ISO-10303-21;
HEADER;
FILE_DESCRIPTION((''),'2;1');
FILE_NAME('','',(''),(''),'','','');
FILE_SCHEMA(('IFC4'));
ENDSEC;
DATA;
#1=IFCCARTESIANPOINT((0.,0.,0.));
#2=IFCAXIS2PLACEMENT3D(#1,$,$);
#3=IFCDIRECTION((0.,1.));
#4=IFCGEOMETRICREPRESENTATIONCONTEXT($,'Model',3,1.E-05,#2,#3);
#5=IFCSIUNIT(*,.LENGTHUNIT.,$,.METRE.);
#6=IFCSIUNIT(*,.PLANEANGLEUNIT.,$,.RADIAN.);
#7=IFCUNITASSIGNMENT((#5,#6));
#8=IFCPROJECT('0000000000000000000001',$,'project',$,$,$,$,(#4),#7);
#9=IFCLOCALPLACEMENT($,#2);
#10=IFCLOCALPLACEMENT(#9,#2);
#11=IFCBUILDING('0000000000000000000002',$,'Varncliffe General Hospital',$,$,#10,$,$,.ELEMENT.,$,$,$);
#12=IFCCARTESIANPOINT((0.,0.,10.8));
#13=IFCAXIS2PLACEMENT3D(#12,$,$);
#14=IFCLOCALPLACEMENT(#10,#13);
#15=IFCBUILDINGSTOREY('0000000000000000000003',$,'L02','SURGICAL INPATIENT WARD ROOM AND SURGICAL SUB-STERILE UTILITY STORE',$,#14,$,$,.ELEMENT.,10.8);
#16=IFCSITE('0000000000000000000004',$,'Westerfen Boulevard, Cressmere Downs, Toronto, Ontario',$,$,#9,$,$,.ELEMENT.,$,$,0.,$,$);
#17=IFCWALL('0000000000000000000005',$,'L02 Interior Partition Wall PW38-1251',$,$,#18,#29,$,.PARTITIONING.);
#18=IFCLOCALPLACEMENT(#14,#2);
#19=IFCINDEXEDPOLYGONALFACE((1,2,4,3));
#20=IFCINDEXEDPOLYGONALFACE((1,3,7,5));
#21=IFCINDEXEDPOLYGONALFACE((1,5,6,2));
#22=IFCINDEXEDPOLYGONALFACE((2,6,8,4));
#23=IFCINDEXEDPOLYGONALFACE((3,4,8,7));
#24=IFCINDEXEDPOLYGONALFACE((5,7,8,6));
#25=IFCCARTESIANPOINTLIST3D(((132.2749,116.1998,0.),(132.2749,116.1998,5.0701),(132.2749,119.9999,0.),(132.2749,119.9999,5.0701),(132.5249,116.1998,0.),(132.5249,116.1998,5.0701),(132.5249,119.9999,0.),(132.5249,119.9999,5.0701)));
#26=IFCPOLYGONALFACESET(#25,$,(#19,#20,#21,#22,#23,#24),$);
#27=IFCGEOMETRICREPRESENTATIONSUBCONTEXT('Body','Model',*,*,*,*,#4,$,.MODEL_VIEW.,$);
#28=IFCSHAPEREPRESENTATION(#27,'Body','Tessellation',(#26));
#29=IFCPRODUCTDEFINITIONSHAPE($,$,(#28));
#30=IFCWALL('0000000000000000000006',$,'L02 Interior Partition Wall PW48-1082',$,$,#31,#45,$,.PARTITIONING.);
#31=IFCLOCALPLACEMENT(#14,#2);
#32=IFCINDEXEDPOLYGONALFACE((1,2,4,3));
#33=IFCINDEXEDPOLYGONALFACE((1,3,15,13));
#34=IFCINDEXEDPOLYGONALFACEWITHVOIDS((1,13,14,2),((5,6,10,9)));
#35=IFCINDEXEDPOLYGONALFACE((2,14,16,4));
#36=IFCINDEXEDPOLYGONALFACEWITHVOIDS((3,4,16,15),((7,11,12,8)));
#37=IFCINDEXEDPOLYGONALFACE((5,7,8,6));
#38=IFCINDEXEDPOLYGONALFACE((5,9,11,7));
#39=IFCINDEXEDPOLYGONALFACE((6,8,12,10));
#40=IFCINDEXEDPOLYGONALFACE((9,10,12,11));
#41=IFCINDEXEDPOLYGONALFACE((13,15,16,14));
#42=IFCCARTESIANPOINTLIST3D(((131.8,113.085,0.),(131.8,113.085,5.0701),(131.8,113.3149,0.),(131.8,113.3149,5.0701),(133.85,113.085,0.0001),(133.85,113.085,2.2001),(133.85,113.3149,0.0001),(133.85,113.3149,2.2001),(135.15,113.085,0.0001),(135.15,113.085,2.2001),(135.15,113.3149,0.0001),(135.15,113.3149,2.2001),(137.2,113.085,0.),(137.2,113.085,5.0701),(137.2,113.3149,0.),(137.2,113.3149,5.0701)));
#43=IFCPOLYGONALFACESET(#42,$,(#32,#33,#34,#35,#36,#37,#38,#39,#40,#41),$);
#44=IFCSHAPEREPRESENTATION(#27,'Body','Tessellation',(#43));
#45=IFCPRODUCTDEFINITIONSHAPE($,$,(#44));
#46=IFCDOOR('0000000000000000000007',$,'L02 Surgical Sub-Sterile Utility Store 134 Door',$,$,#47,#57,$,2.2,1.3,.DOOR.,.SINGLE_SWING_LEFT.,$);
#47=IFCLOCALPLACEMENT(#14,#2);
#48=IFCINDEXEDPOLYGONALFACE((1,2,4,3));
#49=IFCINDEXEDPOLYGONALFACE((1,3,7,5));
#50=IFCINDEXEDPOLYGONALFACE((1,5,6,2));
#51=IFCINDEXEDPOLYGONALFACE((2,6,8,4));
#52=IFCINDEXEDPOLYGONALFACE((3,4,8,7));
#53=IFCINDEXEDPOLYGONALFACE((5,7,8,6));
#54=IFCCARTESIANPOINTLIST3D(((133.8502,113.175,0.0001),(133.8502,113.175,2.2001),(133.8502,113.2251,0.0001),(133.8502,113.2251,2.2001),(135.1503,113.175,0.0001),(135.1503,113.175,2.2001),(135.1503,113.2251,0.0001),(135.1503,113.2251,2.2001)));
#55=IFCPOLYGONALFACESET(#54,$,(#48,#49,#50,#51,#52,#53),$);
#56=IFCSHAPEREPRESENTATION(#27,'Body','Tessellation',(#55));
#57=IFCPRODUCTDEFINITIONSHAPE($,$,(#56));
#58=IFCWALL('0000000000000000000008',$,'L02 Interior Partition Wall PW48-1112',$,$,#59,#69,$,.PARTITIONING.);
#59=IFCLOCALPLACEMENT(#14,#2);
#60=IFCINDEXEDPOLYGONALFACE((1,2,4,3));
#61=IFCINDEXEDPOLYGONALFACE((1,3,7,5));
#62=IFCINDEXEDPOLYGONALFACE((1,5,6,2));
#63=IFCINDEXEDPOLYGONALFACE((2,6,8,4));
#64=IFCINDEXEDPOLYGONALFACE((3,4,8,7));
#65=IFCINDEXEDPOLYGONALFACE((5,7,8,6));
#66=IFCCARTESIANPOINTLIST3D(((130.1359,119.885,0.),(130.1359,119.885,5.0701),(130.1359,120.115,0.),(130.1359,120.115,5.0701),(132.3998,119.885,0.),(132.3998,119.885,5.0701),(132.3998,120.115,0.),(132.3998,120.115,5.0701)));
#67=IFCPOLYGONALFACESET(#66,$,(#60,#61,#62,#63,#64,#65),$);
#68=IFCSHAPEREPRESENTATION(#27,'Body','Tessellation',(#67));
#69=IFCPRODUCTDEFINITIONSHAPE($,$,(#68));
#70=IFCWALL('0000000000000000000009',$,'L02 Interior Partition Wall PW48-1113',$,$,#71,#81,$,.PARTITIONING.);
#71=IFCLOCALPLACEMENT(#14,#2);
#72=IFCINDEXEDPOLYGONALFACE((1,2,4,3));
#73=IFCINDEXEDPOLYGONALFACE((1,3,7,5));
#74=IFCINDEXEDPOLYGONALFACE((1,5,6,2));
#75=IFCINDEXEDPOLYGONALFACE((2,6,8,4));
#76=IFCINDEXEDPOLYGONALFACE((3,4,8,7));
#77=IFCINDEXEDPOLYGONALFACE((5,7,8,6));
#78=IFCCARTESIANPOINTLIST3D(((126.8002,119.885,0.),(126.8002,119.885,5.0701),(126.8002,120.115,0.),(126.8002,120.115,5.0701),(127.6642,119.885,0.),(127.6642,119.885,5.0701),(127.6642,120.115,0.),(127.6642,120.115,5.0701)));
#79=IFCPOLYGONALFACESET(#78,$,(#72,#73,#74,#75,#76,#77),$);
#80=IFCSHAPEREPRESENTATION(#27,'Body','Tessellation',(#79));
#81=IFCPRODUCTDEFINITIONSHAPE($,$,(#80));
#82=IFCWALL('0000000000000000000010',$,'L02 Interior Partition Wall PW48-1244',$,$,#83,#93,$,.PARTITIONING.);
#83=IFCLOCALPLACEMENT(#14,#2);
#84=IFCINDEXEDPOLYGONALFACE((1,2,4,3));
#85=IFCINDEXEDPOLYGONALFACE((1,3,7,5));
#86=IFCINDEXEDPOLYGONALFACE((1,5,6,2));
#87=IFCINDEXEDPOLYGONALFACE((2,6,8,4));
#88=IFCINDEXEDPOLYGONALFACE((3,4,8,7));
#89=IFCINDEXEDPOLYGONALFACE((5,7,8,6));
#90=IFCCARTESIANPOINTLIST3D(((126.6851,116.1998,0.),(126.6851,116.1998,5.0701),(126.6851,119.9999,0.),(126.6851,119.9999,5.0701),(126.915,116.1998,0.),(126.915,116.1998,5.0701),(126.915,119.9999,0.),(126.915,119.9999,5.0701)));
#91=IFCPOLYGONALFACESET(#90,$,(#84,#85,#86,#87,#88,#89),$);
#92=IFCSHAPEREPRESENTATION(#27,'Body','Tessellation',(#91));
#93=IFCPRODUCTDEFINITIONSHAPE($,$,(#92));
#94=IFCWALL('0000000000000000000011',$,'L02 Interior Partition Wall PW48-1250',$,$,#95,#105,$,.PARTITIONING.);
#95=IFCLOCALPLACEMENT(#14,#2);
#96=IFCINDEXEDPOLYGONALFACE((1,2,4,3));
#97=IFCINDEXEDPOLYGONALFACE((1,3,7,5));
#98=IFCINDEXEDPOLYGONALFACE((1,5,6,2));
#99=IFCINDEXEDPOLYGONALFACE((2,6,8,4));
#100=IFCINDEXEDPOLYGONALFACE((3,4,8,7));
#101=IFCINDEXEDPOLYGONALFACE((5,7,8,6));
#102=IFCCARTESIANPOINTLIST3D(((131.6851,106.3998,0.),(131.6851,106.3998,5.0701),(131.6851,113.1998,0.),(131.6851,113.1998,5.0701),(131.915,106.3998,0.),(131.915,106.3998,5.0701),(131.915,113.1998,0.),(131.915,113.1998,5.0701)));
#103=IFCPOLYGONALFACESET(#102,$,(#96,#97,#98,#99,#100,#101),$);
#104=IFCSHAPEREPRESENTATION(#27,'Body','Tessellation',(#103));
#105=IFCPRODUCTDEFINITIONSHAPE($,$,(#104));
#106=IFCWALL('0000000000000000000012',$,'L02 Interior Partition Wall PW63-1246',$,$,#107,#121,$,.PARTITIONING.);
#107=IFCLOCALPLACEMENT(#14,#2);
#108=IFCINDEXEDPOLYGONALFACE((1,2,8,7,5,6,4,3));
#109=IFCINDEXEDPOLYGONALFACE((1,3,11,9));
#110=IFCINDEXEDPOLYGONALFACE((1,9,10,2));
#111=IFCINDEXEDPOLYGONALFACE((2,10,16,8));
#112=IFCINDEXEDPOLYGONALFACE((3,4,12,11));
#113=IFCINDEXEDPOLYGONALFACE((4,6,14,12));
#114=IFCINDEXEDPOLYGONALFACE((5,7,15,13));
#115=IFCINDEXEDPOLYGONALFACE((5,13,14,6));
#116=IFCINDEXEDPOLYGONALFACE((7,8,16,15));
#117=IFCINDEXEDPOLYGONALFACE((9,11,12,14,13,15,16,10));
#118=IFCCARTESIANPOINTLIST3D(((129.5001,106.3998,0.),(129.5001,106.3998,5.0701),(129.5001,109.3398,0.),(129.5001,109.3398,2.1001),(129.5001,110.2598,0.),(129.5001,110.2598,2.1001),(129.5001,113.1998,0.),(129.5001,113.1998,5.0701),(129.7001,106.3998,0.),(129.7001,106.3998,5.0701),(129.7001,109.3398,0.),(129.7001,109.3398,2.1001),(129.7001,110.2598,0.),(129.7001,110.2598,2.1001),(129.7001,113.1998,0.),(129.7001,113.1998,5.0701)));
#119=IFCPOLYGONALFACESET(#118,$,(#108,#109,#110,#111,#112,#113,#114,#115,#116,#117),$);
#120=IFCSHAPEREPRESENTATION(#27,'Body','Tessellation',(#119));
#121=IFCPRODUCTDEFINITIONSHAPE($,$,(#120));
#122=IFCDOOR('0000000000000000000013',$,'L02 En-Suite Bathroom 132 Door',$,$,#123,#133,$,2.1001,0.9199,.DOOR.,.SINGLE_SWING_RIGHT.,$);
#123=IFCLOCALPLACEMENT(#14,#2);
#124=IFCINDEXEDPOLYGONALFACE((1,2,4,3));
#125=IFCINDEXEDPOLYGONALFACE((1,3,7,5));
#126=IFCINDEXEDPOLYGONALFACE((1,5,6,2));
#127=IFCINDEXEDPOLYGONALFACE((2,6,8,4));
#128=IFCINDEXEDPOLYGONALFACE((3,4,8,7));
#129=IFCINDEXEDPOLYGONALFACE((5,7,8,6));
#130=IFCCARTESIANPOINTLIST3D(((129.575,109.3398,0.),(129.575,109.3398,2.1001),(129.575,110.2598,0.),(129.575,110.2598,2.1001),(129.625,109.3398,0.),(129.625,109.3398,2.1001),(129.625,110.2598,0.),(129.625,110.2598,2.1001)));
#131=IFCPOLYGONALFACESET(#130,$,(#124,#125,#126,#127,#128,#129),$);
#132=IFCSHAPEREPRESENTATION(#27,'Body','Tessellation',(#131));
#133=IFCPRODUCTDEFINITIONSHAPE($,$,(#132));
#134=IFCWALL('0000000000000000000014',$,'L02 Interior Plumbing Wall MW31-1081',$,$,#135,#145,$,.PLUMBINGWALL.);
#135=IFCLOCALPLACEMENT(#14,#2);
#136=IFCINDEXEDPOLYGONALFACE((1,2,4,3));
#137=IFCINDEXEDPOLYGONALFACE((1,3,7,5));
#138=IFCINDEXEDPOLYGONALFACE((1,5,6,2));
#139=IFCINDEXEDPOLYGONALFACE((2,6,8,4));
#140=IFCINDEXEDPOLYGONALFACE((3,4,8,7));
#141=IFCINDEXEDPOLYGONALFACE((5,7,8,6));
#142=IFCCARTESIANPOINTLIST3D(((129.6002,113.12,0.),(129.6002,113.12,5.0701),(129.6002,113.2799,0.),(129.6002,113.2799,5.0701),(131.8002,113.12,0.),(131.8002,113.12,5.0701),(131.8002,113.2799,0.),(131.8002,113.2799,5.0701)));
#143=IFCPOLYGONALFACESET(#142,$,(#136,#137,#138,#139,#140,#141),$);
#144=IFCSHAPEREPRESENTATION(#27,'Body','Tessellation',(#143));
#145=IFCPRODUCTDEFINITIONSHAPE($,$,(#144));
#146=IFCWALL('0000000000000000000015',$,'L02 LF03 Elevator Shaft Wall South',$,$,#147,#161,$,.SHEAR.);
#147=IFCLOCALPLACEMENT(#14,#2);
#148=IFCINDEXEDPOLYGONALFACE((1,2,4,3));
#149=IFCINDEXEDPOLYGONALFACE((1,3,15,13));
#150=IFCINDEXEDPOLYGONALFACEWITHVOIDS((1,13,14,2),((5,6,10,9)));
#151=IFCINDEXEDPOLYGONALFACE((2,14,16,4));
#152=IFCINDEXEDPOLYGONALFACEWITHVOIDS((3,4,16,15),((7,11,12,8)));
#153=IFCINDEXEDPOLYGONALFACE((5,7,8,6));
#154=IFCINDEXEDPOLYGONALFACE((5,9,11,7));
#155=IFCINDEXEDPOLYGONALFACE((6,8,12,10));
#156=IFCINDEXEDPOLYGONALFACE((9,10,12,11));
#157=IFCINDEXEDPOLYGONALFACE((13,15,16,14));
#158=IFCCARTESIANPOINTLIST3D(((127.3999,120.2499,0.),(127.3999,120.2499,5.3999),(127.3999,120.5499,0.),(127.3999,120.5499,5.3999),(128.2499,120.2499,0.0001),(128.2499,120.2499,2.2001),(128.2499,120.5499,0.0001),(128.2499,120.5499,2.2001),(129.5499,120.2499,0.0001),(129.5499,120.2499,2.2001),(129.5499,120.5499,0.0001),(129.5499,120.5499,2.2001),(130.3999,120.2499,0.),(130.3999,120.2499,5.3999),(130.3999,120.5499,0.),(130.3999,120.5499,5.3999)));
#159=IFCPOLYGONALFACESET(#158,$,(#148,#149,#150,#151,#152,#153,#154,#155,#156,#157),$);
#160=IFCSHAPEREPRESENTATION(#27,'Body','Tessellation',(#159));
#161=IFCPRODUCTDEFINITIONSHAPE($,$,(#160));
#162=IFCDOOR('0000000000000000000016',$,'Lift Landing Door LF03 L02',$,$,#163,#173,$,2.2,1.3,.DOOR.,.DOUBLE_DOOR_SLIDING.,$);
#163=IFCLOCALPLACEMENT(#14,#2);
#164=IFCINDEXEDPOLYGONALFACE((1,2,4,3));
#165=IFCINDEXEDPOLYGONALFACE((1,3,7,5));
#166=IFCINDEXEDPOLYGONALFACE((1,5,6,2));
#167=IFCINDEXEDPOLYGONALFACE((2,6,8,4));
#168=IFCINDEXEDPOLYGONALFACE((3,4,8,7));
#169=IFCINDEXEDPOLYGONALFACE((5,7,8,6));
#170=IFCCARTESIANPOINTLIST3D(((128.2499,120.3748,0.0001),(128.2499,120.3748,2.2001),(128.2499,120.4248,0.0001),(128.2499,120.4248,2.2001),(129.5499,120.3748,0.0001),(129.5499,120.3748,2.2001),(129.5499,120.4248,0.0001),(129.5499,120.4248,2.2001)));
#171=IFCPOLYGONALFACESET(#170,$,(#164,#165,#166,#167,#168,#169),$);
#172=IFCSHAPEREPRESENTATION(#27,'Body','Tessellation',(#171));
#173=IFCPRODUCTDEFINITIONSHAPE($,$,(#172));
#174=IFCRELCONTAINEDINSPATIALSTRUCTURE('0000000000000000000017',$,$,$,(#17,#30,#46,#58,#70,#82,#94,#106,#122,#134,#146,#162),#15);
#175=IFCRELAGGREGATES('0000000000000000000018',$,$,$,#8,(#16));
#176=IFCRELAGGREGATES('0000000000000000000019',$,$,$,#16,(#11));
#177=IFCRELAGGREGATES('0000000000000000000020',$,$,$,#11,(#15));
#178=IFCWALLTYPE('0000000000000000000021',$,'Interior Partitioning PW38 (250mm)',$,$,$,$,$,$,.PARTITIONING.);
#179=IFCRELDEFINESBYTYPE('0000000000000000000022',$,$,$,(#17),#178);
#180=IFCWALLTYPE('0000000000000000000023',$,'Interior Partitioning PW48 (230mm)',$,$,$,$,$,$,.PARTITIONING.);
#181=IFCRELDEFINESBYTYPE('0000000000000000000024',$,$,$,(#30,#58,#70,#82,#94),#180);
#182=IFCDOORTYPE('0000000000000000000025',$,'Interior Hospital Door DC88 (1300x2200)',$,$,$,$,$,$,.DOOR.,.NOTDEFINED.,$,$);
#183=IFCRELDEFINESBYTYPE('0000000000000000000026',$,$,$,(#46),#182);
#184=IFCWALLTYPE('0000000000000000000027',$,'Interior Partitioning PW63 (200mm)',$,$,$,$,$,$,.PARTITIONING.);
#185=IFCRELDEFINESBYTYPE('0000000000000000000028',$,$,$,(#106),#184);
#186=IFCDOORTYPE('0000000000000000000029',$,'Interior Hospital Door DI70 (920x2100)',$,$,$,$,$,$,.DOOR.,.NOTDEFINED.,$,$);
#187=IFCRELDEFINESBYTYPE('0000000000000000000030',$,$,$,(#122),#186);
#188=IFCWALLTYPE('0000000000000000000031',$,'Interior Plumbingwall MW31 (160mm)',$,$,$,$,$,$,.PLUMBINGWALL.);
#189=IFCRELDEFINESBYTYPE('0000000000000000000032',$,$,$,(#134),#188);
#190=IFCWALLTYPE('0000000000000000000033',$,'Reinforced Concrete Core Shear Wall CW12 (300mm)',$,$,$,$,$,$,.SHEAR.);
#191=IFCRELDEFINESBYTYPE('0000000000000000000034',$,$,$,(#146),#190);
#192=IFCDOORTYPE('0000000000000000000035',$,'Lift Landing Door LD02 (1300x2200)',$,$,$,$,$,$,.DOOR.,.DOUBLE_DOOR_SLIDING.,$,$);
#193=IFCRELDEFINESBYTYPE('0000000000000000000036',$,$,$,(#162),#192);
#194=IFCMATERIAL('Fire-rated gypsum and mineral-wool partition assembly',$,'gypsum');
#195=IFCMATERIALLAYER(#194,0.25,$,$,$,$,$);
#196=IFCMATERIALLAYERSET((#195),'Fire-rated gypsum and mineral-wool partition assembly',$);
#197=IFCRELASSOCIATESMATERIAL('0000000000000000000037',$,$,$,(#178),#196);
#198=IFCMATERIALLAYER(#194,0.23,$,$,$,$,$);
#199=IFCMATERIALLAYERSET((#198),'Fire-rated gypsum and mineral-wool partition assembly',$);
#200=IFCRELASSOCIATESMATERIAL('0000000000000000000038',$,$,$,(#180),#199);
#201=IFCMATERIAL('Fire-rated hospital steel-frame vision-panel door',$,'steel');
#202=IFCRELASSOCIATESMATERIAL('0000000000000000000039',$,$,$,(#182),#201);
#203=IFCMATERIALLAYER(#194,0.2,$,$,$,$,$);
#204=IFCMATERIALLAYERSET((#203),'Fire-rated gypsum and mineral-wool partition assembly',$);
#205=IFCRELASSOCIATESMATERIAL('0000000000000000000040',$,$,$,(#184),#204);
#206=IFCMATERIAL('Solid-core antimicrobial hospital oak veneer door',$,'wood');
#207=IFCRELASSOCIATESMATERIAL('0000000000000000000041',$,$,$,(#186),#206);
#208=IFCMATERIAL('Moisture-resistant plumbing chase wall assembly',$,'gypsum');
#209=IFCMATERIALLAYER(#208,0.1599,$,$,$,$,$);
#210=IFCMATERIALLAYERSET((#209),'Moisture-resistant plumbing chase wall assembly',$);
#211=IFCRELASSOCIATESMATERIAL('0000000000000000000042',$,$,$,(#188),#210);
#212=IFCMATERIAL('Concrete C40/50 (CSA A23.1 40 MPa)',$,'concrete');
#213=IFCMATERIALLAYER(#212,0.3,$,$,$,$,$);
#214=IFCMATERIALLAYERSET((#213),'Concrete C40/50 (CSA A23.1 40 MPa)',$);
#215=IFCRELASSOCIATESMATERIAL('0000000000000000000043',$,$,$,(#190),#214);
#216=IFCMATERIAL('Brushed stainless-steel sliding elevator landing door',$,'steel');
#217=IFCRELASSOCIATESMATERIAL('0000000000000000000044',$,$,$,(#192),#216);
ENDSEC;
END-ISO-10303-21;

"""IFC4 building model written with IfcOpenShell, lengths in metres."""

from ifc_helpers import new_model, si_unit, direction, frame, frame_2d, origin, place, context, subcontext, project, spatial, rectangle, extrude, material, layer, layer_set, type_object, element, fill, save


model = new_model("IFC4")

# Units and contexts
model_context = context("Model", 3, precision=1e-05, world=origin(), true_north=direction((0.0, 1.0)))
body_context = subcontext(model_context, "Body", "Model", "MODEL_VIEW")
ifc_project = project(units=[si_unit("LENGTHUNIT", "METRE"), si_unit("PLANEANGLEUNIT", "RADIAN")], contexts=[model_context])

# Site, building, storey
site_placement = place(None, origin())
site = spatial("IfcSite", under=ifc_project, at=site_placement, Name="Westerfen Boulevard, Cressmere Downs, Toronto, Ontario", CompositionType="ELEMENT", RefElevation=0.0)
building_placement = place(site_placement, origin())
building = spatial("IfcBuilding", under=site, at=building_placement, Name="Varncliffe General Hospital", CompositionType="ELEMENT")
storey_placement = place(building_placement, frame((0.0, 0.0, 10.8)))
storey = spatial("IfcBuildingStorey", under=building, at=storey_placement, Name="L02", Description="SURGICAL INPATIENT WARD ROOM AND SURGICAL SUB-STERILE UTILITY STORE", CompositionType="ELEMENT", Elevation=10.8)

# Shared definitions
ifc_material_1 = material(Name="Concrete C40/50 (CSA A23.1 40 MPa)", Category="concrete")

# Shared definitions
ifc_material_2 = material(Name="Fire-rated gypsum and mineral-wool partition assembly", Category="gypsum")
ifc_layer_1 = layer(ifc_material_2, 0.25)
ifc_layer_set_1 = layer_set([ifc_layer_1], Name="Fire-rated gypsum and mineral-wool partition assembly")
wall_type_1 = type_object("IfcWallType", Name="Interior Partitioning PW38 (250mm)", PredefinedType="PARTITIONING", material=ifc_layer_set_1)
ifc_material_3 = material(Name="Fire-rated hospital steel-frame vision-panel door", Category="steel")

# Wall
wall_1_placement = place(storey_placement, frame((132.3999, 116.2, 0.0), z_axis=(0.0, 0.0, 1.0), x_axis=(0.0, 1.0, 0.0)))
element("IfcWall", 1, at=wall_1_placement, inside=storey, type_object=wall_type_1, Name="L02 Interior Partition Wall PW38-1251", PredefinedType="PARTITIONING", context=body_context, shape_type="SweptSolid", body=[
    extrude(rectangle(XDim=3.8, YDim=0.25, at=frame_2d((1.8999, 0.0))), origin(), (0.0, 0.0, 1.0), 5.0701),
])

# Wall, opening, door
ifc_layer_2 = layer(ifc_material_2, 0.23)
ifc_layer_set_2 = layer_set([ifc_layer_2], Name="Fire-rated gypsum and mineral-wool partition assembly")
wall_type_2 = type_object("IfcWallType", Name="Interior Partitioning PW48 (230mm)", PredefinedType="PARTITIONING", material=ifc_layer_set_2)
wall_2_placement = place(storey_placement, frame((131.8, 113.2, 0.0), z_axis=(0.0, 0.0, 1.0), x_axis=(1.0, 0.0, 0.0)))
wall_2 = element("IfcWall", 2, at=wall_2_placement, inside=storey, type_object=wall_type_2, Name="L02 Interior Partition Wall PW48-1082", PredefinedType="PARTITIONING", context=body_context, shape_type="SweptSolid", body=[
    extrude(rectangle(XDim=5.3999, YDim=0.23, at=frame_2d((2.7, 0.0))), origin(), (0.0, 0.0, 1.0), 5.0701),
])
opening_1_placement = place(wall_2_placement, frame((2.05, 0.0, 0.0)))
opening_1 = element("IfcOpeningElement", 3, at=opening_1_placement, cuts=wall_2, PredefinedType="OPENING", context=body_context, shape_type="SweptSolid", body=[
    extrude(rectangle(XDim=1.3, YDim=2.2, at=frame_2d((0.6499, 1.1001))), frame((0.0, 0.125, 0.0), z_axis=(0.0, -1.0, 0.0), x_axis=(1.0, 0.0, 0.0)), (0.0, 0.0, 1.0), 0.25),
])
door_type_1 = type_object("IfcDoorType", Name="Interior Hospital Door DC88 (1300x2200)", OperationType="NOTDEFINED", PredefinedType="DOOR", material=ifc_material_3)
door_1_placement = place(opening_1_placement, frame((1.3, 0.0, 0.0), z_axis=(0.0, 0.0, 1.0), x_axis=(-1.0, 0.0, 0.0)))
door_1 = element("IfcDoor", 4, at=door_1_placement, inside=storey, type_object=door_type_1, Name="L02 Surgical Sub-Sterile Utility Store 134 Door", OperationType="SINGLE_SWING_LEFT", OverallHeight=2.2, OverallWidth=1.3, PredefinedType="DOOR", context=body_context, shape_type="SweptSolid", body=[
    extrude(rectangle(XDim=1.3, YDim=2.2, at=frame_2d((0.6499, 1.1001))), frame((0.0, 0.0249, 0.0), z_axis=(0.0, -1.0, 0.0), x_axis=(1.0, 0.0, 0.0)), (0.0, 0.0, 1.0), 0.05),
])
fill(opening_1, door_1)

# Walls
wall_3_placement = place(storey_placement, frame((130.136, 120.0, 0.0), z_axis=(0.0, 0.0, 1.0), x_axis=(1.0, 0.0, 0.0)))
element("IfcWall", 5, at=wall_3_placement, inside=storey, type_object=wall_type_2, Name="L02 Interior Partition Wall PW48-1112", PredefinedType="PARTITIONING", context=body_context, shape_type="SweptSolid", body=[
    extrude(rectangle(XDim=2.2639, YDim=0.23, at=frame_2d((1.1318, 0.0))), origin(), (0.0, 0.0, 1.0), 5.0701),
])
wall_4_placement = place(storey_placement, frame((126.8, 120.0, 0.0), z_axis=(0.0, 0.0, 1.0), x_axis=(1.0, 0.0, 0.0)))
element("IfcWall", 6, at=wall_4_placement, inside=storey, type_object=wall_type_2, Name="L02 Interior Partition Wall PW48-1113", PredefinedType="PARTITIONING", context=body_context, shape_type="SweptSolid", body=[
    extrude(rectangle(XDim=0.864, YDim=0.23, at=frame_2d((0.4321, 0.0))), origin(), (0.0, 0.0, 1.0), 5.0701),
])
wall_5_placement = place(storey_placement, frame((126.8, 116.2, 0.0), z_axis=(0.0, 0.0, 1.0), x_axis=(0.0, 1.0, 0.0)))
element("IfcWall", 7, at=wall_5_placement, inside=storey, type_object=wall_type_2, Name="L02 Interior Partition Wall PW48-1244", PredefinedType="PARTITIONING", context=body_context, shape_type="SweptSolid", body=[
    extrude(rectangle(XDim=3.8, YDim=0.23, at=frame_2d((1.8999, 0.0))), origin(), (0.0, 0.0, 1.0), 5.0701),
])
wall_6_placement = place(storey_placement, frame((131.8, 106.3999, 0.0), z_axis=(0.0, 0.0, 1.0), x_axis=(0.0, 1.0, 0.0)))
element("IfcWall", 8, at=wall_6_placement, inside=storey, type_object=wall_type_2, Name="L02 Interior Partition Wall PW48-1250", PredefinedType="PARTITIONING", context=body_context, shape_type="SweptSolid", body=[
    extrude(rectangle(XDim=6.8, YDim=0.23, at=frame_2d((3.3999, 0.0))), origin(), (0.0, 0.0, 1.0), 5.0701),
])

# Wall, opening, door
ifc_layer_3 = layer(ifc_material_2, 0.2)
ifc_layer_set_3 = layer_set([ifc_layer_3], Name="Fire-rated gypsum and mineral-wool partition assembly")
wall_type_3 = type_object("IfcWallType", Name="Interior Partitioning PW63 (200mm)", PredefinedType="PARTITIONING", material=ifc_layer_set_3)
wall_7_placement = place(storey_placement, frame((129.6001, 106.3999, 0.0), z_axis=(0.0, 0.0, 1.0), x_axis=(0.0, 1.0, 0.0)))
wall_7 = element("IfcWall", 9, at=wall_7_placement, inside=storey, type_object=wall_type_3, Name="L02 Interior Partition Wall PW63-1246", PredefinedType="PARTITIONING", context=body_context, shape_type="SweptSolid", body=[
    extrude(rectangle(XDim=6.8, YDim=0.2, at=frame_2d((3.3999, 0.0))), origin(), (0.0, 0.0, 1.0), 5.0701),
])
opening_2_placement = place(wall_7_placement, frame((2.9399, 0.0, 0.0)))
opening_2 = element("IfcOpeningElement", 10, at=opening_2_placement, cuts=wall_7, PredefinedType="OPENING", context=body_context, shape_type="SweptSolid", body=[
    extrude(rectangle(XDim=0.9199, YDim=2.1001, at=frame_2d((0.46, 1.05))), frame((0.0, 0.1099, 0.0), z_axis=(0.0, -1.0, 0.0), x_axis=(1.0, 0.0, 0.0)), (0.0, 0.0, 1.0), 0.22),
])
ifc_material_4 = material(Name="Solid-core antimicrobial hospital oak veneer door", Category="wood")
door_type_2 = type_object("IfcDoorType", Name="Interior Hospital Door DI70 (920x2100)", OperationType="NOTDEFINED", PredefinedType="DOOR", material=ifc_material_4)
door_2_placement = place(opening_2_placement, frame((0.9199, 0.0, 0.0), z_axis=(0.0, 0.0, 1.0), x_axis=(-1.0, 0.0, 0.0)))
door_2 = element("IfcDoor", 11, at=door_2_placement, inside=storey, type_object=door_type_2, Name="L02 En-Suite Bathroom 132 Door", OperationType="SINGLE_SWING_RIGHT", OverallHeight=2.1001, OverallWidth=0.9199, PredefinedType="DOOR", context=body_context, shape_type="SweptSolid", body=[
    extrude(rectangle(XDim=0.9199, YDim=2.1001, at=frame_2d((0.46, 1.05))), frame((0.0, 0.0249, 0.0), z_axis=(0.0, -1.0, 0.0), x_axis=(1.0, 0.0, 0.0)), (0.0, 0.0, 1.0), 0.05),
])
fill(opening_2, door_2)

# Wall
ifc_material_5 = material(Name="Moisture-resistant plumbing chase wall assembly", Category="gypsum")
ifc_layer_4 = layer(ifc_material_5, 0.1599)
ifc_layer_set_4 = layer_set([ifc_layer_4], Name="Moisture-resistant plumbing chase wall assembly")
wall_type_4 = type_object("IfcWallType", Name="Interior Plumbingwall MW31 (160mm)", PredefinedType="PLUMBINGWALL", material=ifc_layer_set_4)
wall_8_placement = place(storey_placement, frame((129.6001, 113.2, 0.0), z_axis=(0.0, 0.0, 1.0), x_axis=(1.0, 0.0, 0.0)))
element("IfcWall", 12, at=wall_8_placement, inside=storey, type_object=wall_type_4, Name="L02 Interior Plumbing Wall MW31-1081", PredefinedType="PLUMBINGWALL", context=body_context, shape_type="SweptSolid", body=[
    extrude(rectangle(XDim=2.2, YDim=0.1599, at=frame_2d((1.1001, 0.0))), origin(), (0.0, 0.0, 1.0), 5.0701),
])

# Wall, opening, door
ifc_layer_5 = layer(ifc_material_1, 0.3)
ifc_layer_set_5 = layer_set([ifc_layer_5], Name="Concrete C40/50 (CSA A23.1 40 MPa)")
wall_type_5 = type_object("IfcWallType", Name="Reinforced Concrete Core Shear Wall CW12 (300mm)", PredefinedType="SHEAR", material=ifc_layer_set_5)
wall_9_placement = place(storey_placement, frame((127.3999, 120.3999, 0.0), z_axis=(0.0, 0.0, 1.0), x_axis=(1.0, 0.0, 0.0)))
wall_9 = element("IfcWall", 13, at=wall_9_placement, inside=storey, type_object=wall_type_5, Name="L02 LF03 Elevator Shaft Wall South", PredefinedType="SHEAR", context=body_context, shape_type="SweptSolid", body=[
    extrude(rectangle(XDim=3.0, YDim=0.3, at=frame_2d((1.5, 0.0))), origin(), (0.0, 0.0, 1.0), 5.3999),
])
opening_3_placement = place(wall_9_placement, frame((0.8501, 0.0, 0.0)))
opening_3 = element("IfcOpeningElement", 14, at=opening_3_placement, cuts=wall_9, PredefinedType="OPENING", context=body_context, shape_type="SweptSolid", body=[
    extrude(rectangle(XDim=1.3, YDim=2.2, at=frame_2d((0.6499, 1.1001))), frame((0.0, 0.1602, 0.0), z_axis=(0.0, -1.0, 0.0), x_axis=(1.0, 0.0, 0.0)), (0.0, 0.0, 1.0), 0.3201),
])
ifc_material_6 = material(Name="Brushed stainless-steel sliding elevator landing door", Category="steel")
door_type_3 = type_object("IfcDoorType", Name="Lift Landing Door LD02 (1300x2200)", OperationType="DOUBLE_DOOR_SLIDING", PredefinedType="DOOR", material=ifc_material_6)
door_3_placement = place(opening_3_placement, origin())
door_3 = element("IfcDoor", 15, at=door_3_placement, inside=storey, type_object=door_type_3, Name="Lift Landing Door LF03 L02", OperationType="DOUBLE_DOOR_SLIDING", OverallHeight=2.2, OverallWidth=1.3, PredefinedType="DOOR", context=body_context, shape_type="SweptSolid", body=[
    extrude(rectangle(XDim=1.3, YDim=2.2, at=frame_2d((0.6499, 1.1001))), frame((0.0, 0.0249, 0.0), z_axis=(0.0, -1.0, 0.0), x_axis=(1.0, 0.0, 0.0)), (0.0, 0.0, 1.0), 0.05),
])
fill(opening_3, door_3)

save(model, "model.ifc")
